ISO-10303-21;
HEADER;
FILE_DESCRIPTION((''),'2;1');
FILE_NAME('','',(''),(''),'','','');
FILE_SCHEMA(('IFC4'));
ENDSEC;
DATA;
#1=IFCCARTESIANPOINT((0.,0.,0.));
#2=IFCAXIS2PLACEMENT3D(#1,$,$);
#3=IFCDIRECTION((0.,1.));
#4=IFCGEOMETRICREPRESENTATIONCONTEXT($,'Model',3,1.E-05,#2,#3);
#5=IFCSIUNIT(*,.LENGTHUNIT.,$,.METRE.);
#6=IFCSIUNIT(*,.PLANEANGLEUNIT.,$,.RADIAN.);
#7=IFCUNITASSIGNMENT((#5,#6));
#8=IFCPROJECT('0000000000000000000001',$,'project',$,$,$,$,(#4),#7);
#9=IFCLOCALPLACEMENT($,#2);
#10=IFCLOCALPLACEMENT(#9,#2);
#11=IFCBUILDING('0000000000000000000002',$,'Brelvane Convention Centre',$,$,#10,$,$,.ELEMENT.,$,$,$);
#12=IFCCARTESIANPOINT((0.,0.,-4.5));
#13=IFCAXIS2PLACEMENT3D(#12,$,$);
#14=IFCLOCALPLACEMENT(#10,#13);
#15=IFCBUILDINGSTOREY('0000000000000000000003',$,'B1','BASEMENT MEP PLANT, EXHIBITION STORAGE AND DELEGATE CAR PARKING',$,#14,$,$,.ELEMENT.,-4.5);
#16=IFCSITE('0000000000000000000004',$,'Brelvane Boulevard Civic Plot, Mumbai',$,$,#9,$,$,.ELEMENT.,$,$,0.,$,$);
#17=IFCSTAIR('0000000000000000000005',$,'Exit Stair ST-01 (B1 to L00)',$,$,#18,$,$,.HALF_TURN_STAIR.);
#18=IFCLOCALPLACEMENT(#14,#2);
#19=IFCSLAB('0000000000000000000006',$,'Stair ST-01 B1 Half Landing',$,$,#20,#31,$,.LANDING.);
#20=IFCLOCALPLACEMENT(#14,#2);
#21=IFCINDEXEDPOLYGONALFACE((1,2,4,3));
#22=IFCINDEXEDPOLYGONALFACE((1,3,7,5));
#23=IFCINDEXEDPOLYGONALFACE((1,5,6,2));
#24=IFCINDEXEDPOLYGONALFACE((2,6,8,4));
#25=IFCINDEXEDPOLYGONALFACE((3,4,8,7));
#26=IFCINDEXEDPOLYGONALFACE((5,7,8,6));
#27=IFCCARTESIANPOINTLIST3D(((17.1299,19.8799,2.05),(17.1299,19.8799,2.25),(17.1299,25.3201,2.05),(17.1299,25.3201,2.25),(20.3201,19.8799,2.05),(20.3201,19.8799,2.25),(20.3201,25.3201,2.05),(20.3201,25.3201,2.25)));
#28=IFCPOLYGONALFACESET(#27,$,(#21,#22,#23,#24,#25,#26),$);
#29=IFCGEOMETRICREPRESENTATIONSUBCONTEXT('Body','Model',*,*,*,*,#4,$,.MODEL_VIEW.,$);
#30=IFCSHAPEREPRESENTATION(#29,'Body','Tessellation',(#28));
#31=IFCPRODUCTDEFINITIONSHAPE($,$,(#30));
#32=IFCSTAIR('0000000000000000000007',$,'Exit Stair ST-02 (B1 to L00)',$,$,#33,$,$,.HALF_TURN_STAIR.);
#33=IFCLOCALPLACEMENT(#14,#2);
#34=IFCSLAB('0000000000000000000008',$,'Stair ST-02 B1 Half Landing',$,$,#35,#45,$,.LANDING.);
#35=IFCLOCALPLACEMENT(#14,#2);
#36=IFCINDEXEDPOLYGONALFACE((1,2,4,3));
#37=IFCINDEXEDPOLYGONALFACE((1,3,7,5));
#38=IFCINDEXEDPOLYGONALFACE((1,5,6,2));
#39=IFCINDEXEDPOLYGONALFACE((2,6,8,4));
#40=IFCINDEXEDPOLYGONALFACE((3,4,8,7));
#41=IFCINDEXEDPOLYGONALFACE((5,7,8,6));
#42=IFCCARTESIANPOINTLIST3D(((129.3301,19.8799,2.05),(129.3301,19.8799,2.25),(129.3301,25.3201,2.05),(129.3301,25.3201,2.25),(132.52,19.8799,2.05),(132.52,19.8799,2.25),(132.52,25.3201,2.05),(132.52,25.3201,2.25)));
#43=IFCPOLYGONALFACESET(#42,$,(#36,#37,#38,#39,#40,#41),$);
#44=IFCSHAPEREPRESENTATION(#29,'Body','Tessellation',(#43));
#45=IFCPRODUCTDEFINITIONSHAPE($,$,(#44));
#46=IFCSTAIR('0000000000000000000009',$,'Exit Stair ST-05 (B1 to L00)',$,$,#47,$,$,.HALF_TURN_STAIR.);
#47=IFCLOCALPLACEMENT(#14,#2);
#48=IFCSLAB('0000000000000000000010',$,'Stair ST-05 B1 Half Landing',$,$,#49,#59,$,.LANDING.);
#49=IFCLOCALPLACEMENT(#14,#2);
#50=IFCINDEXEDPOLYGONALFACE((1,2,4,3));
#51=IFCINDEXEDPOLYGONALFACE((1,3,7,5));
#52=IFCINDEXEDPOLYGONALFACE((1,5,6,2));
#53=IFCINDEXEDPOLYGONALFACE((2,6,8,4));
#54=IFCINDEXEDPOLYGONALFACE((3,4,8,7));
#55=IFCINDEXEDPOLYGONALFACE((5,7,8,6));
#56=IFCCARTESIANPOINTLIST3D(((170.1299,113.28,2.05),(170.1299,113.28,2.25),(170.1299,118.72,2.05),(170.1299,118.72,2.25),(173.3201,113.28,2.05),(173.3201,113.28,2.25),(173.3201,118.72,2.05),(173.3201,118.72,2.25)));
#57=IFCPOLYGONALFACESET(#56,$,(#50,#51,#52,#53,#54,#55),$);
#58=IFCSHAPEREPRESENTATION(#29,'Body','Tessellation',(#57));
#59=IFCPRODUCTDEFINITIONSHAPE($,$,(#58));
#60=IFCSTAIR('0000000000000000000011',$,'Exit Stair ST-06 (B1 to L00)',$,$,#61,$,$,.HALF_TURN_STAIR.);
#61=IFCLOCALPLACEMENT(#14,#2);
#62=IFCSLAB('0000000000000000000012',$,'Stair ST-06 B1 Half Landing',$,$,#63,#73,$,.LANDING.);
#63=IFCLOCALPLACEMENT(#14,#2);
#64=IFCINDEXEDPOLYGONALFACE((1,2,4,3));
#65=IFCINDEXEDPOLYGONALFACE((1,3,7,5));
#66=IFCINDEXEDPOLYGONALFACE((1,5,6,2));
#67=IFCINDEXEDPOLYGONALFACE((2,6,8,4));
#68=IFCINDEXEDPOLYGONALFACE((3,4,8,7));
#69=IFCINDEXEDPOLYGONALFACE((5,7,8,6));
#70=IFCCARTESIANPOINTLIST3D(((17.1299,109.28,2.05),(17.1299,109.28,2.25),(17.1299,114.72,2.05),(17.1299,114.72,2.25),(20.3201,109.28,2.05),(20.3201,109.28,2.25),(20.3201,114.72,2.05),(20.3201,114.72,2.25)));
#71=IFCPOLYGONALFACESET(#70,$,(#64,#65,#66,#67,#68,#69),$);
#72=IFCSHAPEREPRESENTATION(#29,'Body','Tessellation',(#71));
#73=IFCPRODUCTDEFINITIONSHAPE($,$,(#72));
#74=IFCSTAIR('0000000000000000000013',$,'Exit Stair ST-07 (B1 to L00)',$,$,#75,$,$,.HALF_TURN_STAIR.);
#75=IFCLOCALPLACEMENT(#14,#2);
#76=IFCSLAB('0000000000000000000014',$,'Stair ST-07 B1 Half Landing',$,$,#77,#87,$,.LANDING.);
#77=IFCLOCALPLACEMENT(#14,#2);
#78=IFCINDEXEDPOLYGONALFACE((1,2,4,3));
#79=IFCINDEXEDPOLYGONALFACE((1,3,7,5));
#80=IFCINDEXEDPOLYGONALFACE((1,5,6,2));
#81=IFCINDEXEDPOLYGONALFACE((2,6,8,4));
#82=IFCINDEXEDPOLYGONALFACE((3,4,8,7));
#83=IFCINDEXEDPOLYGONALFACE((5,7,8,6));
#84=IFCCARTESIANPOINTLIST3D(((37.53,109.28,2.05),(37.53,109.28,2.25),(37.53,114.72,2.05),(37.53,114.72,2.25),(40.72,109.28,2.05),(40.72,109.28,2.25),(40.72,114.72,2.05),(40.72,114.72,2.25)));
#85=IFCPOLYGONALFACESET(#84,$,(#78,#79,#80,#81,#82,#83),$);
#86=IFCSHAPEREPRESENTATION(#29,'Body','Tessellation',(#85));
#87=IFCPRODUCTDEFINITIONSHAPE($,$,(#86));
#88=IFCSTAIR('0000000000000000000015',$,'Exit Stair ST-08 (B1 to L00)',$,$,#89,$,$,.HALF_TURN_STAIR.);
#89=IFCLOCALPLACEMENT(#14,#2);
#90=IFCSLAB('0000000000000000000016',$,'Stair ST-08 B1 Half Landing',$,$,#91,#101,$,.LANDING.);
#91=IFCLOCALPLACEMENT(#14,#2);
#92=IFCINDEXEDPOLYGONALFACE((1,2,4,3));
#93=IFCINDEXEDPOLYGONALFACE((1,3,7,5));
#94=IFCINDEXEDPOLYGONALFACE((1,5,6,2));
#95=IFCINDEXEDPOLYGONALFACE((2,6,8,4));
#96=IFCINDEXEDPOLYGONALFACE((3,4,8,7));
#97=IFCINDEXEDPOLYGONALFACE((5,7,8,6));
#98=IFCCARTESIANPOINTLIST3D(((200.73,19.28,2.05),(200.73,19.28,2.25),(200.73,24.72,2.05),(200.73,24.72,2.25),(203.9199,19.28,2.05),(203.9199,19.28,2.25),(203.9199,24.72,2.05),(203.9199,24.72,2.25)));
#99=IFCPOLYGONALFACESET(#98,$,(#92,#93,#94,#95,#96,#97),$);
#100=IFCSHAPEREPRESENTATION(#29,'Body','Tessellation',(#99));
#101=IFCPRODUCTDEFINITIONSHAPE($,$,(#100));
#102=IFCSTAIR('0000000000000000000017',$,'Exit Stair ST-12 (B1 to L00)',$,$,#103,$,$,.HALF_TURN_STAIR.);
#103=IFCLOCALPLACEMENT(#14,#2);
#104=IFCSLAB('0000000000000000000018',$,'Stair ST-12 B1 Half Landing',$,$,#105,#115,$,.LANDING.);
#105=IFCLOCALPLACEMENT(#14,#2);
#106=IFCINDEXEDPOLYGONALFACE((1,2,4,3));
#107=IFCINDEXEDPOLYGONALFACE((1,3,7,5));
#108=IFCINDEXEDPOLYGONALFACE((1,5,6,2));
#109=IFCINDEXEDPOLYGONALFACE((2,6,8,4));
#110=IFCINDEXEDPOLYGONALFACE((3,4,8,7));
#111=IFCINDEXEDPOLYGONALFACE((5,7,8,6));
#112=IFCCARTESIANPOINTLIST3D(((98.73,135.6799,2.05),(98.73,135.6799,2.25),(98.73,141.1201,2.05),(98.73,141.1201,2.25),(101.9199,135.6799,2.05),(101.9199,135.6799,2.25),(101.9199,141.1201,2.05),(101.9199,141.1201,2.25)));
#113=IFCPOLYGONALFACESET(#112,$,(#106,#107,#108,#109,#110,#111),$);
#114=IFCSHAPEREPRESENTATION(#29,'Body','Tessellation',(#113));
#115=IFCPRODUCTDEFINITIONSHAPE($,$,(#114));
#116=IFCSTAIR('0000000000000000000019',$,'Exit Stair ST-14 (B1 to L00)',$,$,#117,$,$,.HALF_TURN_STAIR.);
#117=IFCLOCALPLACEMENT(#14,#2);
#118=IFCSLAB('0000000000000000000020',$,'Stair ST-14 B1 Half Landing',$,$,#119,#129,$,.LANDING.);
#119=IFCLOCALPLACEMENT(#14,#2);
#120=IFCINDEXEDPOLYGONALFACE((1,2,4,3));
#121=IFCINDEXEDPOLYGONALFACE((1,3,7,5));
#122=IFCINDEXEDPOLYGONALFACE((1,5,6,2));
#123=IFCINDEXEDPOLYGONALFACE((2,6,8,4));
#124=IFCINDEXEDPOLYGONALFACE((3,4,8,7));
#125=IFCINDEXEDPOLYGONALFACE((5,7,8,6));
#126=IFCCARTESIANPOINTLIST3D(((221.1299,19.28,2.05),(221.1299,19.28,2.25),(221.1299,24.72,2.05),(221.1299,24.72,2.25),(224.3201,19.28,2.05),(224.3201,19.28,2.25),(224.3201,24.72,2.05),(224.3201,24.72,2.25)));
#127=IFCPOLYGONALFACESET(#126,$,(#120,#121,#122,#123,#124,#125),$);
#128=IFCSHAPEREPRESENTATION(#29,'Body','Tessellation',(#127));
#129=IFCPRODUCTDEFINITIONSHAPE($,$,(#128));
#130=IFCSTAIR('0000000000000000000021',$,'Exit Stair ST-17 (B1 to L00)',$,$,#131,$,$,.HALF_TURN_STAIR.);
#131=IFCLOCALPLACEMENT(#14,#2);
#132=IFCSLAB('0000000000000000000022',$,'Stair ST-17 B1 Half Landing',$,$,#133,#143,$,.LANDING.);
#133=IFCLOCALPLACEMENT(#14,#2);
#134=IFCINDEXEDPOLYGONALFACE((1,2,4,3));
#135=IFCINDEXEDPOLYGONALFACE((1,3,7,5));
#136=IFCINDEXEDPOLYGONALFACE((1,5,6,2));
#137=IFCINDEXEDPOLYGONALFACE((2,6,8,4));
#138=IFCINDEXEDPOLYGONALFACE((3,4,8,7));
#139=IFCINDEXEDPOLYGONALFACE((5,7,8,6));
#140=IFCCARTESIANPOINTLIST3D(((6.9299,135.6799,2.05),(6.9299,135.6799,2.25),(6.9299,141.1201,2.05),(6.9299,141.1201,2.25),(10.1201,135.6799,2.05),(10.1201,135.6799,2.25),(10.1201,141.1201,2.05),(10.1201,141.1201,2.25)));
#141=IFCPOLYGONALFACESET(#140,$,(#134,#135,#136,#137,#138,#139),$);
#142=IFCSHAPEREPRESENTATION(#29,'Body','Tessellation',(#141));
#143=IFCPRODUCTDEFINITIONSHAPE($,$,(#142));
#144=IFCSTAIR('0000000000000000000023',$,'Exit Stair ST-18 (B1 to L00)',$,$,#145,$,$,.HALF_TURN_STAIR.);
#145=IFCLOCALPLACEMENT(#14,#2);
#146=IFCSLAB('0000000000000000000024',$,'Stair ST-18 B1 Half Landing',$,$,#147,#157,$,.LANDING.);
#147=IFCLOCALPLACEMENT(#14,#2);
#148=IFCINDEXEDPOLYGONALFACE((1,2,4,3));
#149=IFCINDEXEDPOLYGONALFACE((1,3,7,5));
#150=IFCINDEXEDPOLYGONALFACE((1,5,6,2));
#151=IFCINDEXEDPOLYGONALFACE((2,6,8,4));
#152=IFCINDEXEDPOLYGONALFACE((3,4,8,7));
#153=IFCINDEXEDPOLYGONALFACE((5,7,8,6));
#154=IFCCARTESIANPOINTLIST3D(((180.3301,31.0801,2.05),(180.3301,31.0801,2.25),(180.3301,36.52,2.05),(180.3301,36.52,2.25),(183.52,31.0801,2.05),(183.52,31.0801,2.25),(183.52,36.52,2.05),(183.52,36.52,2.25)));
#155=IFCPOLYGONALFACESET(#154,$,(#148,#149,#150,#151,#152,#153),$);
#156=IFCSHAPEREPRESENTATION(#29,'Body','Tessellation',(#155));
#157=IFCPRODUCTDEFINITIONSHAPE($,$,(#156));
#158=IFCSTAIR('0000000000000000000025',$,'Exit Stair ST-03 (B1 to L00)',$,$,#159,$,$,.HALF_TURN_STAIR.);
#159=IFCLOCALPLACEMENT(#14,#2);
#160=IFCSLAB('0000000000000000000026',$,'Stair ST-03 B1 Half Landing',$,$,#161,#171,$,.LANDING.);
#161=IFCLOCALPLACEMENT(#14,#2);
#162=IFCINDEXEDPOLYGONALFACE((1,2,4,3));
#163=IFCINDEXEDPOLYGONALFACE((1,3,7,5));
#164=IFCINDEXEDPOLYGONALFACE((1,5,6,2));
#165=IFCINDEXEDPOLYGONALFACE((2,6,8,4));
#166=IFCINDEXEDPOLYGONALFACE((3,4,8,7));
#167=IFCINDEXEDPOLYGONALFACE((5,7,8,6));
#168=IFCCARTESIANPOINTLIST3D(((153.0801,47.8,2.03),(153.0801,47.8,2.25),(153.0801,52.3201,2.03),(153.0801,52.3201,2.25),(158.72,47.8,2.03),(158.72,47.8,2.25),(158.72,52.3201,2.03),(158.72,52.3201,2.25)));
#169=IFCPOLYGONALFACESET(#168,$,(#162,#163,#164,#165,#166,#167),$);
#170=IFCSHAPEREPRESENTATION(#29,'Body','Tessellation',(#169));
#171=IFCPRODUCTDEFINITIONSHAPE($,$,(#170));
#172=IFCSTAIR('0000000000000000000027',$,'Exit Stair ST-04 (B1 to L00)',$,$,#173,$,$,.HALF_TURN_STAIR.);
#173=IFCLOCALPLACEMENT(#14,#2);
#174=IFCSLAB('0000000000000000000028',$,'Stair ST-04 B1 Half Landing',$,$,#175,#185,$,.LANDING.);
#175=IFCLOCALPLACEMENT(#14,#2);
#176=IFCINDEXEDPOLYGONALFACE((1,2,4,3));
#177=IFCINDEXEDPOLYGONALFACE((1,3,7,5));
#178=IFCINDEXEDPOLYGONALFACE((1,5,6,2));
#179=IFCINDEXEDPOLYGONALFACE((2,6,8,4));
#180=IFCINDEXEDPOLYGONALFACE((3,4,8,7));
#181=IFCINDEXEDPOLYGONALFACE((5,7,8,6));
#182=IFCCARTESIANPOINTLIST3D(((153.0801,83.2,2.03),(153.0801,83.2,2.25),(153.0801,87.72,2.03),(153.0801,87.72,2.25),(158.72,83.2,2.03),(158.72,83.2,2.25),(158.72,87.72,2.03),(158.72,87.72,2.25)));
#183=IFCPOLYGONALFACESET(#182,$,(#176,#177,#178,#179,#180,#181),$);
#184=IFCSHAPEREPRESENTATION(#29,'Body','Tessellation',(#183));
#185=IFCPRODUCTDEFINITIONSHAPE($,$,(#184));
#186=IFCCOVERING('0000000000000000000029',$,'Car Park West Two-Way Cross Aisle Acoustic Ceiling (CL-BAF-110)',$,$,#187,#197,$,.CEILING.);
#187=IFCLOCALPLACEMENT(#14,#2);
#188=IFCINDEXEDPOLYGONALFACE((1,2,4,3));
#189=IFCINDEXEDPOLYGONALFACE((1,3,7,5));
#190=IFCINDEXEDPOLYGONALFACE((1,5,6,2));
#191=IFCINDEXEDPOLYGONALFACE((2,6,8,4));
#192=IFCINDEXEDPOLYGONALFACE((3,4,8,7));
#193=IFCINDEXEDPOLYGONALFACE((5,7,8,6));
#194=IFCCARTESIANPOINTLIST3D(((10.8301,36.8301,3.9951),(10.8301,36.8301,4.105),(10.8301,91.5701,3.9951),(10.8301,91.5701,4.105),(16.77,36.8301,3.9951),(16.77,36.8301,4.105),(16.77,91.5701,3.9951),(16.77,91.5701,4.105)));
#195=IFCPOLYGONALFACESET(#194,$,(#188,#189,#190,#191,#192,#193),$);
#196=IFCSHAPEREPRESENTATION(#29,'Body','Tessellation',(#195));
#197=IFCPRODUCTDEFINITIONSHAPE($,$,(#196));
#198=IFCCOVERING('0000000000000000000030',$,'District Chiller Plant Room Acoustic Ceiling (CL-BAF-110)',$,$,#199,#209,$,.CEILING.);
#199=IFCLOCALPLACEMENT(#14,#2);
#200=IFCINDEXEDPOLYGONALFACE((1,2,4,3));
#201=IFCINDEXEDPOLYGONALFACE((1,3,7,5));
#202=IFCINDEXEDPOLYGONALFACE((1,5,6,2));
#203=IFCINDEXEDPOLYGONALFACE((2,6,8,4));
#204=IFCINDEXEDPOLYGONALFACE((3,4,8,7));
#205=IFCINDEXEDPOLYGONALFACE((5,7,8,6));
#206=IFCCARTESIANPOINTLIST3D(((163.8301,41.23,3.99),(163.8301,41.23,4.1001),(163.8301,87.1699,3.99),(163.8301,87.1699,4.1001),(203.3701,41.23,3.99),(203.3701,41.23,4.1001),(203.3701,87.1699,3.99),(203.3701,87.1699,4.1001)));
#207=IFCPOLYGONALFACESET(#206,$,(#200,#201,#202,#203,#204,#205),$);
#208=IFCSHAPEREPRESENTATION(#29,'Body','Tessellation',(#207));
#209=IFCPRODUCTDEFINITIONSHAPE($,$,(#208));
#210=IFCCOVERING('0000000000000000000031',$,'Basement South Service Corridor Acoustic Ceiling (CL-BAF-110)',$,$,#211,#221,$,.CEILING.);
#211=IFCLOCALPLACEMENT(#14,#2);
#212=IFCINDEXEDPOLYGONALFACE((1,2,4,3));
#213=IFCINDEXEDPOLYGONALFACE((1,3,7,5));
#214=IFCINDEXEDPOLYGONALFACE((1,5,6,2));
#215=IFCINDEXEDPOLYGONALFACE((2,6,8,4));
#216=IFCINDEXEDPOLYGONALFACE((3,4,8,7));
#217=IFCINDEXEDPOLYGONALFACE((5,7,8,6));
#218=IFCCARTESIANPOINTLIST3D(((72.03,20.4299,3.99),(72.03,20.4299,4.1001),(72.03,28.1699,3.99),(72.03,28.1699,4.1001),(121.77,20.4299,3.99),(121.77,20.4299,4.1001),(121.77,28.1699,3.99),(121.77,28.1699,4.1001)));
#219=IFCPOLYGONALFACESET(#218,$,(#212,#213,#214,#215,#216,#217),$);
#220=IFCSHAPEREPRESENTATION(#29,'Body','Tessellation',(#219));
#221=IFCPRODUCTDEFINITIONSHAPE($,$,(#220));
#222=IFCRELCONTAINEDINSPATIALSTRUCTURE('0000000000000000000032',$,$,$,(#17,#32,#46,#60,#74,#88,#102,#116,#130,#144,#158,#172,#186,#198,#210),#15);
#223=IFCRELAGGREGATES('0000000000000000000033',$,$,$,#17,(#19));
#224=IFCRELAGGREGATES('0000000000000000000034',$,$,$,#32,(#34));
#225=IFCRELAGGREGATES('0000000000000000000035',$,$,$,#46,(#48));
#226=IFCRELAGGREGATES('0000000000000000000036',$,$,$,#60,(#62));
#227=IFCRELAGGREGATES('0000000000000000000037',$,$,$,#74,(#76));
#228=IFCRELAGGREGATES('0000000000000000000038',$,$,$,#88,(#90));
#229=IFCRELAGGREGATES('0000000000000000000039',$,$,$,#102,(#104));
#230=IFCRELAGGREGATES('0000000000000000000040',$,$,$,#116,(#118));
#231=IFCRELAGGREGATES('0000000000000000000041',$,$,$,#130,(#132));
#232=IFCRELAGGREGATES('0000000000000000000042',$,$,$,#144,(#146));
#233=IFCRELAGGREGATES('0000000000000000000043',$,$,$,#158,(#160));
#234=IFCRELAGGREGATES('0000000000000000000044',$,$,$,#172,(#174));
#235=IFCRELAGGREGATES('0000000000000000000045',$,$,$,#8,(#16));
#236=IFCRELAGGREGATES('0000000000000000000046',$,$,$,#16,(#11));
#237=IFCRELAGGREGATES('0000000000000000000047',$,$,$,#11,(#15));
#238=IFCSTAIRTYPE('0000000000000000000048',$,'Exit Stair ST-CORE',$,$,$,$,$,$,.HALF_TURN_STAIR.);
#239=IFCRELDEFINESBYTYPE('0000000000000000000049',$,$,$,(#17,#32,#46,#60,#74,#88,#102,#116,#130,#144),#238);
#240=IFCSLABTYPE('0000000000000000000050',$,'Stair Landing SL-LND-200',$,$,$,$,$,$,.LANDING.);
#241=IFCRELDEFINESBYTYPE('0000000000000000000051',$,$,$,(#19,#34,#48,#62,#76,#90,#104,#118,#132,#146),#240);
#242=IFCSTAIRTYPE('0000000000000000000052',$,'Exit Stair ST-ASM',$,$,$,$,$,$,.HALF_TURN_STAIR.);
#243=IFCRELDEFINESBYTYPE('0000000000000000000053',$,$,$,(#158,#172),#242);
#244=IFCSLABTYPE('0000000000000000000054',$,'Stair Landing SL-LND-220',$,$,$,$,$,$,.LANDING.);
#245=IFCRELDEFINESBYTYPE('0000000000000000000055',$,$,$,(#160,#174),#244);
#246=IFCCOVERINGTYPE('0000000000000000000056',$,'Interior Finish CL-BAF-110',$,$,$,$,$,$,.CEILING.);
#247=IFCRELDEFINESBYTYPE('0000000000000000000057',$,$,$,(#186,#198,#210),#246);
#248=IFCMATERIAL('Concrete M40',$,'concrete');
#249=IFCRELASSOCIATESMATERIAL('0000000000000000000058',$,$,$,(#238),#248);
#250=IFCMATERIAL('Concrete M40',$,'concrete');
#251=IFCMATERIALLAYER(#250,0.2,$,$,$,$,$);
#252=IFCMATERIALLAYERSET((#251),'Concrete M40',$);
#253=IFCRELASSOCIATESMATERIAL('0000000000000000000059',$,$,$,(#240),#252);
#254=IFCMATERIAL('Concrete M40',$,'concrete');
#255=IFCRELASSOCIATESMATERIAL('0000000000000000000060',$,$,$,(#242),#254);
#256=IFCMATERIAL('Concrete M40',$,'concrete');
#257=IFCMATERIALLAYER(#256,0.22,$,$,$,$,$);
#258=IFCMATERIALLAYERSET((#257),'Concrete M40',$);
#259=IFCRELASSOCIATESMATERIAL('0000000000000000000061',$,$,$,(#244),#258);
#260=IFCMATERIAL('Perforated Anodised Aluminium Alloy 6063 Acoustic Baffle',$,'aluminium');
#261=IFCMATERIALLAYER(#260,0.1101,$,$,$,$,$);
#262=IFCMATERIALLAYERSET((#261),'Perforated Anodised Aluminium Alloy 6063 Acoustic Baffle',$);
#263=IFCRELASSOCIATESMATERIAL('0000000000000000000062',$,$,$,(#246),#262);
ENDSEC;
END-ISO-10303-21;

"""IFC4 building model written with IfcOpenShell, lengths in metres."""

from ifc_helpers import new_model, si_unit, direction, frame, origin, place, context, subcontext, project, spatial, polyline, outline, extrude, material, layer, layer_set, type_object, element, aggregate, save


model = new_model("IFC4")

# Units and contexts
model_context = context("Model", 3, precision=1e-05, world=origin(), true_north=direction((0.0, 1.0)))
body_context = subcontext(model_context, "Body", "Model", "MODEL_VIEW")
ifc_project = project(units=[si_unit("LENGTHUNIT", "METRE"), si_unit("PLANEANGLEUNIT", "RADIAN")], contexts=[model_context])

# Site, building, storey
site_placement = place(None, origin())
site = spatial("IfcSite", under=ifc_project, at=site_placement, Name="Brelvane Boulevard Civic Plot, Mumbai", CompositionType="ELEMENT", RefElevation=0.0)
building_placement = place(site_placement, origin())
building = spatial("IfcBuilding", under=site, at=building_placement, Name="Brelvane Convention Centre", CompositionType="ELEMENT")
storey_placement = place(building_placement, frame((0.0, 0.0, -4.5)))
storey = spatial("IfcBuildingStorey", under=building, at=storey_placement, Name="B1", Description="BASEMENT MEP PLANT, EXHIBITION STORAGE AND DELEGATE CAR PARKING", CompositionType="ELEMENT", Elevation=-4.5)

# Stairs, slabs
ifc_material_1 = material(Name="Concrete M40", Category="concrete")
stair_type_1 = type_object("IfcStairType", Name="Exit Stair ST-CORE", PredefinedType="HALF_TURN_STAIR", material=ifc_material_1)
stair_1_placement = place(storey_placement, origin())
stair_1 = element("IfcStair", 1, at=stair_1_placement, inside=storey, type_object=stair_type_1, Name="Exit Stair ST-01 (B1 to L00)", PredefinedType="HALF_TURN_STAIR")
ifc_material_2 = material(Name="Concrete M40", Category="concrete")
ifc_layer_1 = layer(ifc_material_2, 0.2)
ifc_layer_set_1 = layer_set([ifc_layer_1], Name="Concrete M40")
slab_type_1 = type_object("IfcSlabType", Name="Stair Landing SL-LND-200", PredefinedType="LANDING", material=ifc_layer_set_1)
slab_1_placement = place(storey_placement, frame((0.0, 0.0, 2.05)))
slab_1 = element("IfcSlab", 2, at=slab_1_placement, type_object=slab_type_1, Name="Stair ST-01 B1 Half Landing", PredefinedType="LANDING", context=body_context, shape_type="SweptSolid", body=[
    extrude(outline(polyline([(17.1299, 19.8799), (20.3201, 19.8799), (20.3201, 25.3201), (17.1299, 25.3201), (17.1299, 19.8799)])), origin(), (0.0, 0.0, 1.0), 0.2),
])
aggregate(stair_1, [slab_1])
stair_2_placement = place(storey_placement, origin())
stair_2 = element("IfcStair", 3, at=stair_2_placement, inside=storey, type_object=stair_type_1, Name="Exit Stair ST-02 (B1 to L00)", PredefinedType="HALF_TURN_STAIR")
slab_2_placement = place(storey_placement, frame((0.0, 0.0, 2.05)))
slab_2 = element("IfcSlab", 4, at=slab_2_placement, type_object=slab_type_1, Name="Stair ST-02 B1 Half Landing", PredefinedType="LANDING", context=body_context, shape_type="SweptSolid", body=[
    extrude(outline(polyline([(129.3301, 19.8799), (132.52, 19.8799), (132.52, 25.3201), (129.3301, 25.3201), (129.3301, 19.8799)])), origin(), (0.0, 0.0, 1.0), 0.2),
])
aggregate(stair_2, [slab_2])
stair_3_placement = place(storey_placement, origin())
stair_3 = element("IfcStair", 5, at=stair_3_placement, inside=storey, type_object=stair_type_1, Name="Exit Stair ST-05 (B1 to L00)", PredefinedType="HALF_TURN_STAIR")
slab_3_placement = place(storey_placement, frame((0.0, 0.0, 2.05)))
slab_3 = element("IfcSlab", 6, at=slab_3_placement, type_object=slab_type_1, Name="Stair ST-05 B1 Half Landing", PredefinedType="LANDING", context=body_context, shape_type="SweptSolid", body=[
    extrude(outline(polyline([(170.1299, 113.28), (173.3201, 113.28), (173.3201, 118.72), (170.1299, 118.72), (170.1299, 113.28)])), origin(), (0.0, 0.0, 1.0), 0.2),
])
aggregate(stair_3, [slab_3])
stair_4_placement = place(storey_placement, origin())
stair_4 = element("IfcStair", 7, at=stair_4_placement, inside=storey, type_object=stair_type_1, Name="Exit Stair ST-06 (B1 to L00)", PredefinedType="HALF_TURN_STAIR")
slab_4_placement = place(storey_placement, frame((0.0, 0.0, 2.05)))
slab_4 = element("IfcSlab", 8, at=slab_4_placement, type_object=slab_type_1, Name="Stair ST-06 B1 Half Landing", PredefinedType="LANDING", context=body_context, shape_type="SweptSolid", body=[
    extrude(outline(polyline([(17.1299, 109.28), (20.3201, 109.28), (20.3201, 114.72), (17.1299, 114.72), (17.1299, 109.28)])), origin(), (0.0, 0.0, 1.0), 0.2),
])
aggregate(stair_4, [slab_4])
stair_5_placement = place(storey_placement, origin())
stair_5 = element("IfcStair", 9, at=stair_5_placement, inside=storey, type_object=stair_type_1, Name="Exit Stair ST-07 (B1 to L00)", PredefinedType="HALF_TURN_STAIR")
slab_5_placement = place(storey_placement, frame((0.0, 0.0, 2.05)))
slab_5 = element("IfcSlab", 10, at=slab_5_placement, type_object=slab_type_1, Name="Stair ST-07 B1 Half Landing", PredefinedType="LANDING", context=body_context, shape_type="SweptSolid", body=[
    extrude(outline(polyline([(37.53, 109.28), (40.72, 109.28), (40.72, 114.72), (37.53, 114.72), (37.53, 109.28)])), origin(), (0.0, 0.0, 1.0), 0.2),
])
aggregate(stair_5, [slab_5])
stair_6_placement = place(storey_placement, origin())
stair_6 = element("IfcStair", 11, at=stair_6_placement, inside=storey, type_object=stair_type_1, Name="Exit Stair ST-08 (B1 to L00)", PredefinedType="HALF_TURN_STAIR")
slab_6_placement = place(storey_placement, frame((0.0, 0.0, 2.05)))
slab_6 = element("IfcSlab", 12, at=slab_6_placement, type_object=slab_type_1, Name="Stair ST-08 B1 Half Landing", PredefinedType="LANDING", context=body_context, shape_type="SweptSolid", body=[
    extrude(outline(polyline([(200.73, 19.28), (203.9199, 19.28), (203.9199, 24.72), (200.73, 24.72), (200.73, 19.28)])), origin(), (0.0, 0.0, 1.0), 0.2),
])
aggregate(stair_6, [slab_6])
stair_7_placement = place(storey_placement, origin())
stair_7 = element("IfcStair", 13, at=stair_7_placement, inside=storey, type_object=stair_type_1, Name="Exit Stair ST-12 (B1 to L00)", PredefinedType="HALF_TURN_STAIR")
slab_7_placement = place(storey_placement, frame((0.0, 0.0, 2.05)))
slab_7 = element("IfcSlab", 14, at=slab_7_placement, type_object=slab_type_1, Name="Stair ST-12 B1 Half Landing", PredefinedType="LANDING", context=body_context, shape_type="SweptSolid", body=[
    extrude(outline(polyline([(98.73, 135.6799), (101.9199, 135.6799), (101.9199, 141.1201), (98.73, 141.1201), (98.73, 135.6799)])), origin(), (0.0, 0.0, 1.0), 0.2),
])
aggregate(stair_7, [slab_7])
stair_8_placement = place(storey_placement, origin())
stair_8 = element("IfcStair", 15, at=stair_8_placement, inside=storey, type_object=stair_type_1, Name="Exit Stair ST-14 (B1 to L00)", PredefinedType="HALF_TURN_STAIR")
slab_8_placement = place(storey_placement, frame((0.0, 0.0, 2.05)))
slab_8 = element("IfcSlab", 16, at=slab_8_placement, type_object=slab_type_1, Name="Stair ST-14 B1 Half Landing", PredefinedType="LANDING", context=body_context, shape_type="SweptSolid", body=[
    extrude(outline(polyline([(221.1299, 19.28), (224.3201, 19.28), (224.3201, 24.72), (221.1299, 24.72), (221.1299, 19.28)])), origin(), (0.0, 0.0, 1.0), 0.2),
])
aggregate(stair_8, [slab_8])
stair_9_placement = place(storey_placement, origin())
stair_9 = element("IfcStair", 17, at=stair_9_placement, inside=storey, type_object=stair_type_1, Name="Exit Stair ST-17 (B1 to L00)", PredefinedType="HALF_TURN_STAIR")
slab_9_placement = place(storey_placement, frame((0.0, 0.0, 2.05)))
slab_9 = element("IfcSlab", 18, at=slab_9_placement, type_object=slab_type_1, Name="Stair ST-17 B1 Half Landing", PredefinedType="LANDING", context=body_context, shape_type="SweptSolid", body=[
    extrude(outline(polyline([(6.9299, 135.6799), (10.1201, 135.6799), (10.1201, 141.1201), (6.9299, 141.1201), (6.9299, 135.6799)])), origin(), (0.0, 0.0, 1.0), 0.2),
])
aggregate(stair_9, [slab_9])
stair_10_placement = place(storey_placement, origin())
stair_10 = element("IfcStair", 19, at=stair_10_placement, inside=storey, type_object=stair_type_1, Name="Exit Stair ST-18 (B1 to L00)", PredefinedType="HALF_TURN_STAIR")
slab_10_placement = place(storey_placement, frame((0.0, 0.0, 2.05)))
slab_10 = element("IfcSlab", 20, at=slab_10_placement, type_object=slab_type_1, Name="Stair ST-18 B1 Half Landing", PredefinedType="LANDING", context=body_context, shape_type="SweptSolid", body=[
    extrude(outline(polyline([(180.3301, 31.0801), (183.52, 31.0801), (183.52, 36.52), (180.3301, 36.52), (180.3301, 31.0801)])), origin(), (0.0, 0.0, 1.0), 0.2),
])
aggregate(stair_10, [slab_10])
ifc_material_3 = material(Name="Concrete M40", Category="concrete")
stair_type_2 = type_object("IfcStairType", Name="Exit Stair ST-ASM", PredefinedType="HALF_TURN_STAIR", material=ifc_material_3)
stair_11_placement = place(storey_placement, origin())
stair_11 = element("IfcStair", 21, at=stair_11_placement, inside=storey, type_object=stair_type_2, Name="Exit Stair ST-03 (B1 to L00)", PredefinedType="HALF_TURN_STAIR")
ifc_material_4 = material(Name="Concrete M40", Category="concrete")
ifc_layer_2 = layer(ifc_material_4, 0.22)
ifc_layer_set_2 = layer_set([ifc_layer_2], Name="Concrete M40")
slab_type_2 = type_object("IfcSlabType", Name="Stair Landing SL-LND-220", PredefinedType="LANDING", material=ifc_layer_set_2)
slab_11_placement = place(storey_placement, frame((0.0, 0.0, 2.03)))
slab_11 = element("IfcSlab", 22, at=slab_11_placement, type_object=slab_type_2, Name="Stair ST-03 B1 Half Landing", PredefinedType="LANDING", context=body_context, shape_type="SweptSolid", body=[
    extrude(outline(polyline([(153.0801, 47.8), (158.72, 47.8), (158.72, 52.3201), (153.0801, 52.3201), (153.0801, 47.8)])), origin(), (0.0, 0.0, 1.0), 0.22),
])
aggregate(stair_11, [slab_11])
stair_12_placement = place(storey_placement, origin())
stair_12 = element("IfcStair", 23, at=stair_12_placement, inside=storey, type_object=stair_type_2, Name="Exit Stair ST-04 (B1 to L00)", PredefinedType="HALF_TURN_STAIR")
slab_12_placement = place(storey_placement, frame((0.0, 0.0, 2.03)))
slab_12 = element("IfcSlab", 24, at=slab_12_placement, type_object=slab_type_2, Name="Stair ST-04 B1 Half Landing", PredefinedType="LANDING", context=body_context, shape_type="SweptSolid", body=[
    extrude(outline(polyline([(153.0801, 83.2), (158.72, 83.2), (158.72, 87.72), (153.0801, 87.72), (153.0801, 83.2)])), origin(), (0.0, 0.0, 1.0), 0.22),
])
aggregate(stair_12, [slab_12])

# Coverings
ifc_material_5 = material(Name="Perforated Anodised Aluminium Alloy 6063 Acoustic Baffle", Category="aluminium")
ifc_layer_3 = layer(ifc_material_5, 0.1101)
ifc_layer_set_3 = layer_set([ifc_layer_3], Name="Perforated Anodised Aluminium Alloy 6063 Acoustic Baffle")
covering_type_1 = type_object("IfcCoveringType", Name="Interior Finish CL-BAF-110", PredefinedType="CEILING", material=ifc_layer_set_3)
covering_1_placement = place(storey_placement, frame((0.0, 0.0, 3.9951)))
element("IfcCovering", 25, at=covering_1_placement, inside=storey, type_object=covering_type_1, Name="Car Park West Two-Way Cross Aisle Acoustic Ceiling (CL-BAF-110)", PredefinedType="CEILING", context=body_context, shape_type="SweptSolid", body=[
    extrude(outline(polyline([(10.8301, 36.8301), (16.77, 36.8301), (16.77, 91.5701), (10.8301, 91.5701), (10.8301, 36.8301)])), origin(), (0.0, 0.0, 1.0), 0.1099),
])
covering_2_placement = place(storey_placement, frame((0.0, 0.0, 3.99)))
element("IfcCovering", 26, at=covering_2_placement, inside=storey, type_object=covering_type_1, Name="District Chiller Plant Room Acoustic Ceiling (CL-BAF-110)", PredefinedType="CEILING", context=body_context, shape_type="SweptSolid", body=[
    extrude(outline(polyline([(163.8301, 41.23), (203.3701, 41.23), (203.3701, 87.1699), (163.8301, 87.1699), (163.8301, 41.23)])), origin(), (0.0, 0.0, 1.0), 0.1101),
])
covering_3_placement = place(storey_placement, frame((0.0, 0.0, 3.99)))
element("IfcCovering", 27, at=covering_3_placement, inside=storey, type_object=covering_type_1, Name="Basement South Service Corridor Acoustic Ceiling (CL-BAF-110)", PredefinedType="CEILING", context=body_context, shape_type="SweptSolid", body=[
    extrude(outline(polyline([(72.03, 20.4299), (121.77, 20.4299), (121.77, 28.1699), (72.03, 28.1699), (72.03, 20.4299)])), origin(), (0.0, 0.0, 1.0), 0.1101),
])

save(model, "model.ifc")
